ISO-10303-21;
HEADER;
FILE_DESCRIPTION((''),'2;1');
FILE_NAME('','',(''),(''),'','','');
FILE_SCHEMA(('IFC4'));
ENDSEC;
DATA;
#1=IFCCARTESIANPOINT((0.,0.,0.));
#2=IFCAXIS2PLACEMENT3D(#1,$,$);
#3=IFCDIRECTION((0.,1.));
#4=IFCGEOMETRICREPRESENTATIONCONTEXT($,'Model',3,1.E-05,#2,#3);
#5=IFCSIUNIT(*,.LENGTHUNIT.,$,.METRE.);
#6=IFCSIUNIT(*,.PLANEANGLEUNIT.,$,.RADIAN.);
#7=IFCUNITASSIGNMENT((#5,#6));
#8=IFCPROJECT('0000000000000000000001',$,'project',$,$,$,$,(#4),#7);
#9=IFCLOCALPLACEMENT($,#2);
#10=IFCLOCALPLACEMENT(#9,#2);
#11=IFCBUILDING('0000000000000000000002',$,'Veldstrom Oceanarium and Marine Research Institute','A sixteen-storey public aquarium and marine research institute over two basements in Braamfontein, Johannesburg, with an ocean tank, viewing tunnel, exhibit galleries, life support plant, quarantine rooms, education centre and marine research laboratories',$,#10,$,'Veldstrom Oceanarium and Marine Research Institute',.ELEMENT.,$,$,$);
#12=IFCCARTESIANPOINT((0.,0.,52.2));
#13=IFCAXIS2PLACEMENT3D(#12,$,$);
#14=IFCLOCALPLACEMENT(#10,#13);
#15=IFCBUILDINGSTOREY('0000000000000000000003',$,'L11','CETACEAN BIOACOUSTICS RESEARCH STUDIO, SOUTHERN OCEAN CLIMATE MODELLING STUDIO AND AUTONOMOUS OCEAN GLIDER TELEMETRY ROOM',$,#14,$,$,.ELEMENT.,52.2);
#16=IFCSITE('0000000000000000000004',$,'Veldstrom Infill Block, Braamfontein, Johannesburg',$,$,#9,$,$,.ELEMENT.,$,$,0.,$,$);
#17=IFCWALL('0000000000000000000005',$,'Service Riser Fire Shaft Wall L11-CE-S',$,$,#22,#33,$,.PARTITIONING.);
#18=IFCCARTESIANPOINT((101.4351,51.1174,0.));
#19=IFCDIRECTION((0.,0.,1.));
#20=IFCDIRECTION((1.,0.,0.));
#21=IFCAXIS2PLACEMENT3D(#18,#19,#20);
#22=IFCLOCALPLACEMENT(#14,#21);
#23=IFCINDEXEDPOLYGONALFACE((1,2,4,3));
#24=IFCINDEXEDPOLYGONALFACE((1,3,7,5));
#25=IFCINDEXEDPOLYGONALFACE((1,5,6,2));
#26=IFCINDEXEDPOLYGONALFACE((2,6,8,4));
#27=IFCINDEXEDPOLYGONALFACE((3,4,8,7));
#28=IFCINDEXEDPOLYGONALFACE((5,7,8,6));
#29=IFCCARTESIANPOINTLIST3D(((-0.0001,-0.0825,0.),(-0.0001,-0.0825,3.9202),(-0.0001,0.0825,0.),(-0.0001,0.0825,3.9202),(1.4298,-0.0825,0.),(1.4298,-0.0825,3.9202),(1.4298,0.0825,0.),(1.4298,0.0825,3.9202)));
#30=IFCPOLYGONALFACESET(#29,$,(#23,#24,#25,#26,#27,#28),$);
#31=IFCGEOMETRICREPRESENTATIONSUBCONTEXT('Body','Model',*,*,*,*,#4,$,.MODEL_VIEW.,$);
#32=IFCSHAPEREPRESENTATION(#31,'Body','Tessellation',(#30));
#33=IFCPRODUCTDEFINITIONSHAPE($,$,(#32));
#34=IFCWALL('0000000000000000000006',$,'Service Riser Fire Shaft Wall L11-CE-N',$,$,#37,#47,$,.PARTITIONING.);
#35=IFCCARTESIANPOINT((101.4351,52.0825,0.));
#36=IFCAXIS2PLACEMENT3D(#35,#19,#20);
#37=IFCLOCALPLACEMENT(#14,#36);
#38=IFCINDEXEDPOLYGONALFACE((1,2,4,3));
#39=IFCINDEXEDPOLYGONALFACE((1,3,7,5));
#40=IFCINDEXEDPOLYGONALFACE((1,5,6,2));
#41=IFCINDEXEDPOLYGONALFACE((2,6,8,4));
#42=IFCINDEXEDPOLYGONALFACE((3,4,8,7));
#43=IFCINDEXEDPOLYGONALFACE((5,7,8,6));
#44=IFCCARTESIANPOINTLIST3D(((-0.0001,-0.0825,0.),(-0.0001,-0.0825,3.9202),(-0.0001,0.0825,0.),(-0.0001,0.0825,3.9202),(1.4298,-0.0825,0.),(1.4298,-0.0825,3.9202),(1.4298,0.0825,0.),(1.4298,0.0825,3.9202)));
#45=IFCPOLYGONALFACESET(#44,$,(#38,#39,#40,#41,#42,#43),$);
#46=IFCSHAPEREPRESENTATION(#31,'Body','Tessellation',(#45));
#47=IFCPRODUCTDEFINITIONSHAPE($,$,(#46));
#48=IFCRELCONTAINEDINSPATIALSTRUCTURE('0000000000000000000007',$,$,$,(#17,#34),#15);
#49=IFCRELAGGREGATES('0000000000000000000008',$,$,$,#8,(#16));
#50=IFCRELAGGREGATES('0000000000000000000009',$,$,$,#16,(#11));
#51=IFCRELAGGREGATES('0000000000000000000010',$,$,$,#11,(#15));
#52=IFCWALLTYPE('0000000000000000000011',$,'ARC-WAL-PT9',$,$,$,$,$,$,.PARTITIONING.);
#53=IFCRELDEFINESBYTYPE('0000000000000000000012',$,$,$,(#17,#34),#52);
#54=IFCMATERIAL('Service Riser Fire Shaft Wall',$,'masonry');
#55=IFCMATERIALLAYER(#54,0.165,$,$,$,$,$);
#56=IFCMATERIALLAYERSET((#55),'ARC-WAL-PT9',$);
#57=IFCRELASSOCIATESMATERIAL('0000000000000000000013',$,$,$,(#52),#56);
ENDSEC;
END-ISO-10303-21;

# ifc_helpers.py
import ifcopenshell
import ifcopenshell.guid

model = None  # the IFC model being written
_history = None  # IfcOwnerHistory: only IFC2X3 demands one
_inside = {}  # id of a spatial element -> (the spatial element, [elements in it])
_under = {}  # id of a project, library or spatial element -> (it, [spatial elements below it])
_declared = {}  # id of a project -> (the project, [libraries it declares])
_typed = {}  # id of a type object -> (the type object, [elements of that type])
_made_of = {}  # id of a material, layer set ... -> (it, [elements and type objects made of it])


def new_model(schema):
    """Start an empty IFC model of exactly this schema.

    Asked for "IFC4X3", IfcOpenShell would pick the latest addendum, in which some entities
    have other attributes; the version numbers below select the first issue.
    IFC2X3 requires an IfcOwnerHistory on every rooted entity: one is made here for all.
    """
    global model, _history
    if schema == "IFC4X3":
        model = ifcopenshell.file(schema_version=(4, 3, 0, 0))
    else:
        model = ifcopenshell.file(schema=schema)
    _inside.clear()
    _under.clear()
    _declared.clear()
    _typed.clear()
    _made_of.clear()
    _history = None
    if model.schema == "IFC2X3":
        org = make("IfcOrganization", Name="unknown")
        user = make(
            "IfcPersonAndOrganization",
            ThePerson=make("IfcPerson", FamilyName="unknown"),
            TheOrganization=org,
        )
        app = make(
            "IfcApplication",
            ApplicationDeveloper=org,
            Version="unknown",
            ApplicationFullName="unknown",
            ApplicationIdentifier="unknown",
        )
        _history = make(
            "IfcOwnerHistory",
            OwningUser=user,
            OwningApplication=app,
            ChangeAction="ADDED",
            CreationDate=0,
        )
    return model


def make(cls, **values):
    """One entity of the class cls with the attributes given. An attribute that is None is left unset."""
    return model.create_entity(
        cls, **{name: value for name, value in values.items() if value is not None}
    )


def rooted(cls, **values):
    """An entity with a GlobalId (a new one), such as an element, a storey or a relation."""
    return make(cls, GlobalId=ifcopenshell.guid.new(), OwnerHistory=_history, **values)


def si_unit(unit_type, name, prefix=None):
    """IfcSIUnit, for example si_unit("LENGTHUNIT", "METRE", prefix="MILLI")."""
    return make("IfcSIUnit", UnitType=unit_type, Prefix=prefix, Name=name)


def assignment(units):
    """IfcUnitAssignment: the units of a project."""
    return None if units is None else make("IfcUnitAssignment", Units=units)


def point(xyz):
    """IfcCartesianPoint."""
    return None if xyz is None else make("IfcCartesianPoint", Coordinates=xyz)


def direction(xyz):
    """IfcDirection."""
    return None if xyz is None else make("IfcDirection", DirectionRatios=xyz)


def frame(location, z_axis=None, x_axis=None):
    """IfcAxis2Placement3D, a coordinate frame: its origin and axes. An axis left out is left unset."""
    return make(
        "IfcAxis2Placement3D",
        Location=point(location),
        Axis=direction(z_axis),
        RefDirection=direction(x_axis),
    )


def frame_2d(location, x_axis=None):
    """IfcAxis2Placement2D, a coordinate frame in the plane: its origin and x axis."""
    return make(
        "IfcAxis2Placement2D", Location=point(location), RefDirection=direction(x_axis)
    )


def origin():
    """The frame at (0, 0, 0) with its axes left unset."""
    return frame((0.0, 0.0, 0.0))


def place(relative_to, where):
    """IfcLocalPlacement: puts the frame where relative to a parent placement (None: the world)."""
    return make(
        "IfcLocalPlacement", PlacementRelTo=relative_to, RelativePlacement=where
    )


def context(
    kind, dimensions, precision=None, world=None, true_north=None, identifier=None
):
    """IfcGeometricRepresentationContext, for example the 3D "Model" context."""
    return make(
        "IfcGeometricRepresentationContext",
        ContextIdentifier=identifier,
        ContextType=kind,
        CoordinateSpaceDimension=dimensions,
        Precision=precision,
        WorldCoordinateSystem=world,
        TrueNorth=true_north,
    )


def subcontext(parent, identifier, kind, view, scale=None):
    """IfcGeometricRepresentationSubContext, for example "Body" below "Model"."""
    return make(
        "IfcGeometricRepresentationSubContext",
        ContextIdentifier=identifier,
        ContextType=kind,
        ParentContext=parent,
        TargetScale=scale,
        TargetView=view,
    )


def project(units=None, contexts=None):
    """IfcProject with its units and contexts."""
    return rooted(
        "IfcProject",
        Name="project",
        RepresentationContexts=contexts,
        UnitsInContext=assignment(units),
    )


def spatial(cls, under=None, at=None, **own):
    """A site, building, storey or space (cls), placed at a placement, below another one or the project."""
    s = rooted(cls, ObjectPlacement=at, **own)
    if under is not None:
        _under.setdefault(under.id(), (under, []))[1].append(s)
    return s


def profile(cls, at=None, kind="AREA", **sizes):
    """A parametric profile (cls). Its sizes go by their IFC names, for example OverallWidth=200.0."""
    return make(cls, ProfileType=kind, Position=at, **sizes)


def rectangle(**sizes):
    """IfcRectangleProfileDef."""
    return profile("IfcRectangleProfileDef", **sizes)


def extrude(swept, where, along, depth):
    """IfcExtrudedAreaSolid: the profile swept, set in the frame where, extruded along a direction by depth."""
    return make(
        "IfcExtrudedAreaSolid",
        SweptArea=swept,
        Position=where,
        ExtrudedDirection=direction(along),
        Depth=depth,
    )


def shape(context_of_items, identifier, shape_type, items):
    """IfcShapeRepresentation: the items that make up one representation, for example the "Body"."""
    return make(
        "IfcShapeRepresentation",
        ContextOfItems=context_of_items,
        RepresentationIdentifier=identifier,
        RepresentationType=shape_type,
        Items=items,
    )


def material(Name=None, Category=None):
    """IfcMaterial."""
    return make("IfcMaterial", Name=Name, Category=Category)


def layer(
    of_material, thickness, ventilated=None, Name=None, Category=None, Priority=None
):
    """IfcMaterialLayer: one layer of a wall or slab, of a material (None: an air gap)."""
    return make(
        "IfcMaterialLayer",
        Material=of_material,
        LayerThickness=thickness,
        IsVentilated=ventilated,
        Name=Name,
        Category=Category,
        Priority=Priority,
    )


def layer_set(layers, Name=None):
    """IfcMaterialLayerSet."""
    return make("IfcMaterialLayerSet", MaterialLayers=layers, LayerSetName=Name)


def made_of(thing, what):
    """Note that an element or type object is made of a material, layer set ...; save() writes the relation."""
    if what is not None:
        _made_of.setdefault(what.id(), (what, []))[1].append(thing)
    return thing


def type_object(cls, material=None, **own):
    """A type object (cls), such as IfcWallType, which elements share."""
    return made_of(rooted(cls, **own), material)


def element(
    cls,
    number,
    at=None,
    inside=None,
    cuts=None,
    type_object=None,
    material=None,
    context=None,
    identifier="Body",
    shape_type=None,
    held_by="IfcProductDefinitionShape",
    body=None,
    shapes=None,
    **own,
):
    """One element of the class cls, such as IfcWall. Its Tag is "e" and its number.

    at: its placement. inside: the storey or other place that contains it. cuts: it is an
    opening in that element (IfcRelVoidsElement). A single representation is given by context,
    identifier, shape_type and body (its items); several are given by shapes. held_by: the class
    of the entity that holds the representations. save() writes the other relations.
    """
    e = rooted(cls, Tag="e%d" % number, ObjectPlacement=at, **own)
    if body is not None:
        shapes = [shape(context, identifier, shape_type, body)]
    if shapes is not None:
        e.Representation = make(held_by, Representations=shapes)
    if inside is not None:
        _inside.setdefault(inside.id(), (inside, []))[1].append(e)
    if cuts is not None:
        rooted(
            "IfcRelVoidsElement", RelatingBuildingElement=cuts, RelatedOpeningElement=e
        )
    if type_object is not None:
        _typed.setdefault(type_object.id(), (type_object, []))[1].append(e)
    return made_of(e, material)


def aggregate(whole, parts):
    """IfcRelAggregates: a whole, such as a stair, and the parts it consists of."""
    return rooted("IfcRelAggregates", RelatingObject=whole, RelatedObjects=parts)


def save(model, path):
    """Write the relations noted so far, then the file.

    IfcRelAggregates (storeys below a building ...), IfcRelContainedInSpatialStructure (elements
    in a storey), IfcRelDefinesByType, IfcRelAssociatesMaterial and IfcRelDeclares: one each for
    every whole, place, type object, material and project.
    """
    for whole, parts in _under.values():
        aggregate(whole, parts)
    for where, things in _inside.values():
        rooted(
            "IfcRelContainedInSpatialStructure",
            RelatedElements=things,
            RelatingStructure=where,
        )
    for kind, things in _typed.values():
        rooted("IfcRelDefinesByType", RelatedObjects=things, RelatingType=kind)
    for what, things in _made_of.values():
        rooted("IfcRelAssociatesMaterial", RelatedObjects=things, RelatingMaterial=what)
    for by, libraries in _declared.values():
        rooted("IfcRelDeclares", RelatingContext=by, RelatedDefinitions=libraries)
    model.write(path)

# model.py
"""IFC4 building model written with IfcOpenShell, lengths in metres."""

from ifc_helpers import new_model, si_unit, direction, frame, frame_2d, origin, place, context, subcontext, project, spatial, rectangle, extrude, material, layer, layer_set, type_object, element, save


model = new_model("IFC4")

# Units and contexts
model_context = context("Model", 3, precision=1e-05, world=origin(), true_north=direction((0.0, 1.0)))
body_context = subcontext(model_context, "Body", "Model", "MODEL_VIEW")
ifc_project = project(units=[si_unit("LENGTHUNIT", "METRE"), si_unit("PLANEANGLEUNIT", "RADIAN")], contexts=[model_context])

# Site, building, storey
site_placement = place(None, origin())
site = spatial("IfcSite", under=ifc_project, at=site_placement, Name="Veldstrom Infill Block, Braamfontein, Johannesburg", CompositionType="ELEMENT", RefElevation=0.0)
building_placement = place(site_placement, origin())
building = spatial("IfcBuilding", under=site, at=building_placement, Name="Veldstrom Oceanarium and Marine Research Institute", Description="A sixteen-storey public aquarium and marine research institute over two basements in Braamfontein, Johannesburg, with an ocean tank, viewing tunnel, exhibit galleries, life support plant, quarantine rooms, education centre and marine research laboratories", LongName="Veldstrom Oceanarium and Marine Research Institute", CompositionType="ELEMENT")
storey_placement = place(building_placement, frame((0.0, 0.0, 52.2)))
storey = spatial("IfcBuildingStorey", under=building, at=storey_placement, Name="L11", Description="CETACEAN BIOACOUSTICS RESEARCH STUDIO, SOUTHERN OCEAN CLIMATE MODELLING STUDIO AND AUTONOMOUS OCEAN GLIDER TELEMETRY ROOM", CompositionType="ELEMENT", Elevation=52.2)

# Walls
ifc_material_1 = material(Name="Service Riser Fire Shaft Wall", Category="masonry")
ifc_layer_1 = layer(ifc_material_1, 0.165)
ifc_layer_set_1 = layer_set([ifc_layer_1], Name="ARC-WAL-PT9")
wall_type_1 = type_object("IfcWallType", Name="ARC-WAL-PT9", PredefinedType="PARTITIONING", material=ifc_layer_set_1)
for number, where, z_axis, x_axis, name in (
    (1, (101.4351, 51.1174, 0.0), (0.0, 0.0, 1.0), (1.0, 0.0, 0.0), "Service Riser Fire Shaft Wall L11-CE-S"),
    (2, (101.4351, 52.0825, 0.0), (0.0, 0.0, 1.0), (1.0, 0.0, 0.0), "Service Riser Fire Shaft Wall L11-CE-N"),
):
    element("IfcWall", number, at=place(storey_placement, frame(where, z_axis=z_axis, x_axis=x_axis)), inside=storey, type_object=wall_type_1, Name=name, PredefinedType="PARTITIONING", context=body_context, shape_type="SweptSolid", body=[
        extrude(rectangle(XDim=1.4299, YDim=0.165, at=frame_2d((0.7148, 0.0))), origin(), (0.0, 0.0, 1.0), 3.9202),
    ])

save(model, "model.ifc")
